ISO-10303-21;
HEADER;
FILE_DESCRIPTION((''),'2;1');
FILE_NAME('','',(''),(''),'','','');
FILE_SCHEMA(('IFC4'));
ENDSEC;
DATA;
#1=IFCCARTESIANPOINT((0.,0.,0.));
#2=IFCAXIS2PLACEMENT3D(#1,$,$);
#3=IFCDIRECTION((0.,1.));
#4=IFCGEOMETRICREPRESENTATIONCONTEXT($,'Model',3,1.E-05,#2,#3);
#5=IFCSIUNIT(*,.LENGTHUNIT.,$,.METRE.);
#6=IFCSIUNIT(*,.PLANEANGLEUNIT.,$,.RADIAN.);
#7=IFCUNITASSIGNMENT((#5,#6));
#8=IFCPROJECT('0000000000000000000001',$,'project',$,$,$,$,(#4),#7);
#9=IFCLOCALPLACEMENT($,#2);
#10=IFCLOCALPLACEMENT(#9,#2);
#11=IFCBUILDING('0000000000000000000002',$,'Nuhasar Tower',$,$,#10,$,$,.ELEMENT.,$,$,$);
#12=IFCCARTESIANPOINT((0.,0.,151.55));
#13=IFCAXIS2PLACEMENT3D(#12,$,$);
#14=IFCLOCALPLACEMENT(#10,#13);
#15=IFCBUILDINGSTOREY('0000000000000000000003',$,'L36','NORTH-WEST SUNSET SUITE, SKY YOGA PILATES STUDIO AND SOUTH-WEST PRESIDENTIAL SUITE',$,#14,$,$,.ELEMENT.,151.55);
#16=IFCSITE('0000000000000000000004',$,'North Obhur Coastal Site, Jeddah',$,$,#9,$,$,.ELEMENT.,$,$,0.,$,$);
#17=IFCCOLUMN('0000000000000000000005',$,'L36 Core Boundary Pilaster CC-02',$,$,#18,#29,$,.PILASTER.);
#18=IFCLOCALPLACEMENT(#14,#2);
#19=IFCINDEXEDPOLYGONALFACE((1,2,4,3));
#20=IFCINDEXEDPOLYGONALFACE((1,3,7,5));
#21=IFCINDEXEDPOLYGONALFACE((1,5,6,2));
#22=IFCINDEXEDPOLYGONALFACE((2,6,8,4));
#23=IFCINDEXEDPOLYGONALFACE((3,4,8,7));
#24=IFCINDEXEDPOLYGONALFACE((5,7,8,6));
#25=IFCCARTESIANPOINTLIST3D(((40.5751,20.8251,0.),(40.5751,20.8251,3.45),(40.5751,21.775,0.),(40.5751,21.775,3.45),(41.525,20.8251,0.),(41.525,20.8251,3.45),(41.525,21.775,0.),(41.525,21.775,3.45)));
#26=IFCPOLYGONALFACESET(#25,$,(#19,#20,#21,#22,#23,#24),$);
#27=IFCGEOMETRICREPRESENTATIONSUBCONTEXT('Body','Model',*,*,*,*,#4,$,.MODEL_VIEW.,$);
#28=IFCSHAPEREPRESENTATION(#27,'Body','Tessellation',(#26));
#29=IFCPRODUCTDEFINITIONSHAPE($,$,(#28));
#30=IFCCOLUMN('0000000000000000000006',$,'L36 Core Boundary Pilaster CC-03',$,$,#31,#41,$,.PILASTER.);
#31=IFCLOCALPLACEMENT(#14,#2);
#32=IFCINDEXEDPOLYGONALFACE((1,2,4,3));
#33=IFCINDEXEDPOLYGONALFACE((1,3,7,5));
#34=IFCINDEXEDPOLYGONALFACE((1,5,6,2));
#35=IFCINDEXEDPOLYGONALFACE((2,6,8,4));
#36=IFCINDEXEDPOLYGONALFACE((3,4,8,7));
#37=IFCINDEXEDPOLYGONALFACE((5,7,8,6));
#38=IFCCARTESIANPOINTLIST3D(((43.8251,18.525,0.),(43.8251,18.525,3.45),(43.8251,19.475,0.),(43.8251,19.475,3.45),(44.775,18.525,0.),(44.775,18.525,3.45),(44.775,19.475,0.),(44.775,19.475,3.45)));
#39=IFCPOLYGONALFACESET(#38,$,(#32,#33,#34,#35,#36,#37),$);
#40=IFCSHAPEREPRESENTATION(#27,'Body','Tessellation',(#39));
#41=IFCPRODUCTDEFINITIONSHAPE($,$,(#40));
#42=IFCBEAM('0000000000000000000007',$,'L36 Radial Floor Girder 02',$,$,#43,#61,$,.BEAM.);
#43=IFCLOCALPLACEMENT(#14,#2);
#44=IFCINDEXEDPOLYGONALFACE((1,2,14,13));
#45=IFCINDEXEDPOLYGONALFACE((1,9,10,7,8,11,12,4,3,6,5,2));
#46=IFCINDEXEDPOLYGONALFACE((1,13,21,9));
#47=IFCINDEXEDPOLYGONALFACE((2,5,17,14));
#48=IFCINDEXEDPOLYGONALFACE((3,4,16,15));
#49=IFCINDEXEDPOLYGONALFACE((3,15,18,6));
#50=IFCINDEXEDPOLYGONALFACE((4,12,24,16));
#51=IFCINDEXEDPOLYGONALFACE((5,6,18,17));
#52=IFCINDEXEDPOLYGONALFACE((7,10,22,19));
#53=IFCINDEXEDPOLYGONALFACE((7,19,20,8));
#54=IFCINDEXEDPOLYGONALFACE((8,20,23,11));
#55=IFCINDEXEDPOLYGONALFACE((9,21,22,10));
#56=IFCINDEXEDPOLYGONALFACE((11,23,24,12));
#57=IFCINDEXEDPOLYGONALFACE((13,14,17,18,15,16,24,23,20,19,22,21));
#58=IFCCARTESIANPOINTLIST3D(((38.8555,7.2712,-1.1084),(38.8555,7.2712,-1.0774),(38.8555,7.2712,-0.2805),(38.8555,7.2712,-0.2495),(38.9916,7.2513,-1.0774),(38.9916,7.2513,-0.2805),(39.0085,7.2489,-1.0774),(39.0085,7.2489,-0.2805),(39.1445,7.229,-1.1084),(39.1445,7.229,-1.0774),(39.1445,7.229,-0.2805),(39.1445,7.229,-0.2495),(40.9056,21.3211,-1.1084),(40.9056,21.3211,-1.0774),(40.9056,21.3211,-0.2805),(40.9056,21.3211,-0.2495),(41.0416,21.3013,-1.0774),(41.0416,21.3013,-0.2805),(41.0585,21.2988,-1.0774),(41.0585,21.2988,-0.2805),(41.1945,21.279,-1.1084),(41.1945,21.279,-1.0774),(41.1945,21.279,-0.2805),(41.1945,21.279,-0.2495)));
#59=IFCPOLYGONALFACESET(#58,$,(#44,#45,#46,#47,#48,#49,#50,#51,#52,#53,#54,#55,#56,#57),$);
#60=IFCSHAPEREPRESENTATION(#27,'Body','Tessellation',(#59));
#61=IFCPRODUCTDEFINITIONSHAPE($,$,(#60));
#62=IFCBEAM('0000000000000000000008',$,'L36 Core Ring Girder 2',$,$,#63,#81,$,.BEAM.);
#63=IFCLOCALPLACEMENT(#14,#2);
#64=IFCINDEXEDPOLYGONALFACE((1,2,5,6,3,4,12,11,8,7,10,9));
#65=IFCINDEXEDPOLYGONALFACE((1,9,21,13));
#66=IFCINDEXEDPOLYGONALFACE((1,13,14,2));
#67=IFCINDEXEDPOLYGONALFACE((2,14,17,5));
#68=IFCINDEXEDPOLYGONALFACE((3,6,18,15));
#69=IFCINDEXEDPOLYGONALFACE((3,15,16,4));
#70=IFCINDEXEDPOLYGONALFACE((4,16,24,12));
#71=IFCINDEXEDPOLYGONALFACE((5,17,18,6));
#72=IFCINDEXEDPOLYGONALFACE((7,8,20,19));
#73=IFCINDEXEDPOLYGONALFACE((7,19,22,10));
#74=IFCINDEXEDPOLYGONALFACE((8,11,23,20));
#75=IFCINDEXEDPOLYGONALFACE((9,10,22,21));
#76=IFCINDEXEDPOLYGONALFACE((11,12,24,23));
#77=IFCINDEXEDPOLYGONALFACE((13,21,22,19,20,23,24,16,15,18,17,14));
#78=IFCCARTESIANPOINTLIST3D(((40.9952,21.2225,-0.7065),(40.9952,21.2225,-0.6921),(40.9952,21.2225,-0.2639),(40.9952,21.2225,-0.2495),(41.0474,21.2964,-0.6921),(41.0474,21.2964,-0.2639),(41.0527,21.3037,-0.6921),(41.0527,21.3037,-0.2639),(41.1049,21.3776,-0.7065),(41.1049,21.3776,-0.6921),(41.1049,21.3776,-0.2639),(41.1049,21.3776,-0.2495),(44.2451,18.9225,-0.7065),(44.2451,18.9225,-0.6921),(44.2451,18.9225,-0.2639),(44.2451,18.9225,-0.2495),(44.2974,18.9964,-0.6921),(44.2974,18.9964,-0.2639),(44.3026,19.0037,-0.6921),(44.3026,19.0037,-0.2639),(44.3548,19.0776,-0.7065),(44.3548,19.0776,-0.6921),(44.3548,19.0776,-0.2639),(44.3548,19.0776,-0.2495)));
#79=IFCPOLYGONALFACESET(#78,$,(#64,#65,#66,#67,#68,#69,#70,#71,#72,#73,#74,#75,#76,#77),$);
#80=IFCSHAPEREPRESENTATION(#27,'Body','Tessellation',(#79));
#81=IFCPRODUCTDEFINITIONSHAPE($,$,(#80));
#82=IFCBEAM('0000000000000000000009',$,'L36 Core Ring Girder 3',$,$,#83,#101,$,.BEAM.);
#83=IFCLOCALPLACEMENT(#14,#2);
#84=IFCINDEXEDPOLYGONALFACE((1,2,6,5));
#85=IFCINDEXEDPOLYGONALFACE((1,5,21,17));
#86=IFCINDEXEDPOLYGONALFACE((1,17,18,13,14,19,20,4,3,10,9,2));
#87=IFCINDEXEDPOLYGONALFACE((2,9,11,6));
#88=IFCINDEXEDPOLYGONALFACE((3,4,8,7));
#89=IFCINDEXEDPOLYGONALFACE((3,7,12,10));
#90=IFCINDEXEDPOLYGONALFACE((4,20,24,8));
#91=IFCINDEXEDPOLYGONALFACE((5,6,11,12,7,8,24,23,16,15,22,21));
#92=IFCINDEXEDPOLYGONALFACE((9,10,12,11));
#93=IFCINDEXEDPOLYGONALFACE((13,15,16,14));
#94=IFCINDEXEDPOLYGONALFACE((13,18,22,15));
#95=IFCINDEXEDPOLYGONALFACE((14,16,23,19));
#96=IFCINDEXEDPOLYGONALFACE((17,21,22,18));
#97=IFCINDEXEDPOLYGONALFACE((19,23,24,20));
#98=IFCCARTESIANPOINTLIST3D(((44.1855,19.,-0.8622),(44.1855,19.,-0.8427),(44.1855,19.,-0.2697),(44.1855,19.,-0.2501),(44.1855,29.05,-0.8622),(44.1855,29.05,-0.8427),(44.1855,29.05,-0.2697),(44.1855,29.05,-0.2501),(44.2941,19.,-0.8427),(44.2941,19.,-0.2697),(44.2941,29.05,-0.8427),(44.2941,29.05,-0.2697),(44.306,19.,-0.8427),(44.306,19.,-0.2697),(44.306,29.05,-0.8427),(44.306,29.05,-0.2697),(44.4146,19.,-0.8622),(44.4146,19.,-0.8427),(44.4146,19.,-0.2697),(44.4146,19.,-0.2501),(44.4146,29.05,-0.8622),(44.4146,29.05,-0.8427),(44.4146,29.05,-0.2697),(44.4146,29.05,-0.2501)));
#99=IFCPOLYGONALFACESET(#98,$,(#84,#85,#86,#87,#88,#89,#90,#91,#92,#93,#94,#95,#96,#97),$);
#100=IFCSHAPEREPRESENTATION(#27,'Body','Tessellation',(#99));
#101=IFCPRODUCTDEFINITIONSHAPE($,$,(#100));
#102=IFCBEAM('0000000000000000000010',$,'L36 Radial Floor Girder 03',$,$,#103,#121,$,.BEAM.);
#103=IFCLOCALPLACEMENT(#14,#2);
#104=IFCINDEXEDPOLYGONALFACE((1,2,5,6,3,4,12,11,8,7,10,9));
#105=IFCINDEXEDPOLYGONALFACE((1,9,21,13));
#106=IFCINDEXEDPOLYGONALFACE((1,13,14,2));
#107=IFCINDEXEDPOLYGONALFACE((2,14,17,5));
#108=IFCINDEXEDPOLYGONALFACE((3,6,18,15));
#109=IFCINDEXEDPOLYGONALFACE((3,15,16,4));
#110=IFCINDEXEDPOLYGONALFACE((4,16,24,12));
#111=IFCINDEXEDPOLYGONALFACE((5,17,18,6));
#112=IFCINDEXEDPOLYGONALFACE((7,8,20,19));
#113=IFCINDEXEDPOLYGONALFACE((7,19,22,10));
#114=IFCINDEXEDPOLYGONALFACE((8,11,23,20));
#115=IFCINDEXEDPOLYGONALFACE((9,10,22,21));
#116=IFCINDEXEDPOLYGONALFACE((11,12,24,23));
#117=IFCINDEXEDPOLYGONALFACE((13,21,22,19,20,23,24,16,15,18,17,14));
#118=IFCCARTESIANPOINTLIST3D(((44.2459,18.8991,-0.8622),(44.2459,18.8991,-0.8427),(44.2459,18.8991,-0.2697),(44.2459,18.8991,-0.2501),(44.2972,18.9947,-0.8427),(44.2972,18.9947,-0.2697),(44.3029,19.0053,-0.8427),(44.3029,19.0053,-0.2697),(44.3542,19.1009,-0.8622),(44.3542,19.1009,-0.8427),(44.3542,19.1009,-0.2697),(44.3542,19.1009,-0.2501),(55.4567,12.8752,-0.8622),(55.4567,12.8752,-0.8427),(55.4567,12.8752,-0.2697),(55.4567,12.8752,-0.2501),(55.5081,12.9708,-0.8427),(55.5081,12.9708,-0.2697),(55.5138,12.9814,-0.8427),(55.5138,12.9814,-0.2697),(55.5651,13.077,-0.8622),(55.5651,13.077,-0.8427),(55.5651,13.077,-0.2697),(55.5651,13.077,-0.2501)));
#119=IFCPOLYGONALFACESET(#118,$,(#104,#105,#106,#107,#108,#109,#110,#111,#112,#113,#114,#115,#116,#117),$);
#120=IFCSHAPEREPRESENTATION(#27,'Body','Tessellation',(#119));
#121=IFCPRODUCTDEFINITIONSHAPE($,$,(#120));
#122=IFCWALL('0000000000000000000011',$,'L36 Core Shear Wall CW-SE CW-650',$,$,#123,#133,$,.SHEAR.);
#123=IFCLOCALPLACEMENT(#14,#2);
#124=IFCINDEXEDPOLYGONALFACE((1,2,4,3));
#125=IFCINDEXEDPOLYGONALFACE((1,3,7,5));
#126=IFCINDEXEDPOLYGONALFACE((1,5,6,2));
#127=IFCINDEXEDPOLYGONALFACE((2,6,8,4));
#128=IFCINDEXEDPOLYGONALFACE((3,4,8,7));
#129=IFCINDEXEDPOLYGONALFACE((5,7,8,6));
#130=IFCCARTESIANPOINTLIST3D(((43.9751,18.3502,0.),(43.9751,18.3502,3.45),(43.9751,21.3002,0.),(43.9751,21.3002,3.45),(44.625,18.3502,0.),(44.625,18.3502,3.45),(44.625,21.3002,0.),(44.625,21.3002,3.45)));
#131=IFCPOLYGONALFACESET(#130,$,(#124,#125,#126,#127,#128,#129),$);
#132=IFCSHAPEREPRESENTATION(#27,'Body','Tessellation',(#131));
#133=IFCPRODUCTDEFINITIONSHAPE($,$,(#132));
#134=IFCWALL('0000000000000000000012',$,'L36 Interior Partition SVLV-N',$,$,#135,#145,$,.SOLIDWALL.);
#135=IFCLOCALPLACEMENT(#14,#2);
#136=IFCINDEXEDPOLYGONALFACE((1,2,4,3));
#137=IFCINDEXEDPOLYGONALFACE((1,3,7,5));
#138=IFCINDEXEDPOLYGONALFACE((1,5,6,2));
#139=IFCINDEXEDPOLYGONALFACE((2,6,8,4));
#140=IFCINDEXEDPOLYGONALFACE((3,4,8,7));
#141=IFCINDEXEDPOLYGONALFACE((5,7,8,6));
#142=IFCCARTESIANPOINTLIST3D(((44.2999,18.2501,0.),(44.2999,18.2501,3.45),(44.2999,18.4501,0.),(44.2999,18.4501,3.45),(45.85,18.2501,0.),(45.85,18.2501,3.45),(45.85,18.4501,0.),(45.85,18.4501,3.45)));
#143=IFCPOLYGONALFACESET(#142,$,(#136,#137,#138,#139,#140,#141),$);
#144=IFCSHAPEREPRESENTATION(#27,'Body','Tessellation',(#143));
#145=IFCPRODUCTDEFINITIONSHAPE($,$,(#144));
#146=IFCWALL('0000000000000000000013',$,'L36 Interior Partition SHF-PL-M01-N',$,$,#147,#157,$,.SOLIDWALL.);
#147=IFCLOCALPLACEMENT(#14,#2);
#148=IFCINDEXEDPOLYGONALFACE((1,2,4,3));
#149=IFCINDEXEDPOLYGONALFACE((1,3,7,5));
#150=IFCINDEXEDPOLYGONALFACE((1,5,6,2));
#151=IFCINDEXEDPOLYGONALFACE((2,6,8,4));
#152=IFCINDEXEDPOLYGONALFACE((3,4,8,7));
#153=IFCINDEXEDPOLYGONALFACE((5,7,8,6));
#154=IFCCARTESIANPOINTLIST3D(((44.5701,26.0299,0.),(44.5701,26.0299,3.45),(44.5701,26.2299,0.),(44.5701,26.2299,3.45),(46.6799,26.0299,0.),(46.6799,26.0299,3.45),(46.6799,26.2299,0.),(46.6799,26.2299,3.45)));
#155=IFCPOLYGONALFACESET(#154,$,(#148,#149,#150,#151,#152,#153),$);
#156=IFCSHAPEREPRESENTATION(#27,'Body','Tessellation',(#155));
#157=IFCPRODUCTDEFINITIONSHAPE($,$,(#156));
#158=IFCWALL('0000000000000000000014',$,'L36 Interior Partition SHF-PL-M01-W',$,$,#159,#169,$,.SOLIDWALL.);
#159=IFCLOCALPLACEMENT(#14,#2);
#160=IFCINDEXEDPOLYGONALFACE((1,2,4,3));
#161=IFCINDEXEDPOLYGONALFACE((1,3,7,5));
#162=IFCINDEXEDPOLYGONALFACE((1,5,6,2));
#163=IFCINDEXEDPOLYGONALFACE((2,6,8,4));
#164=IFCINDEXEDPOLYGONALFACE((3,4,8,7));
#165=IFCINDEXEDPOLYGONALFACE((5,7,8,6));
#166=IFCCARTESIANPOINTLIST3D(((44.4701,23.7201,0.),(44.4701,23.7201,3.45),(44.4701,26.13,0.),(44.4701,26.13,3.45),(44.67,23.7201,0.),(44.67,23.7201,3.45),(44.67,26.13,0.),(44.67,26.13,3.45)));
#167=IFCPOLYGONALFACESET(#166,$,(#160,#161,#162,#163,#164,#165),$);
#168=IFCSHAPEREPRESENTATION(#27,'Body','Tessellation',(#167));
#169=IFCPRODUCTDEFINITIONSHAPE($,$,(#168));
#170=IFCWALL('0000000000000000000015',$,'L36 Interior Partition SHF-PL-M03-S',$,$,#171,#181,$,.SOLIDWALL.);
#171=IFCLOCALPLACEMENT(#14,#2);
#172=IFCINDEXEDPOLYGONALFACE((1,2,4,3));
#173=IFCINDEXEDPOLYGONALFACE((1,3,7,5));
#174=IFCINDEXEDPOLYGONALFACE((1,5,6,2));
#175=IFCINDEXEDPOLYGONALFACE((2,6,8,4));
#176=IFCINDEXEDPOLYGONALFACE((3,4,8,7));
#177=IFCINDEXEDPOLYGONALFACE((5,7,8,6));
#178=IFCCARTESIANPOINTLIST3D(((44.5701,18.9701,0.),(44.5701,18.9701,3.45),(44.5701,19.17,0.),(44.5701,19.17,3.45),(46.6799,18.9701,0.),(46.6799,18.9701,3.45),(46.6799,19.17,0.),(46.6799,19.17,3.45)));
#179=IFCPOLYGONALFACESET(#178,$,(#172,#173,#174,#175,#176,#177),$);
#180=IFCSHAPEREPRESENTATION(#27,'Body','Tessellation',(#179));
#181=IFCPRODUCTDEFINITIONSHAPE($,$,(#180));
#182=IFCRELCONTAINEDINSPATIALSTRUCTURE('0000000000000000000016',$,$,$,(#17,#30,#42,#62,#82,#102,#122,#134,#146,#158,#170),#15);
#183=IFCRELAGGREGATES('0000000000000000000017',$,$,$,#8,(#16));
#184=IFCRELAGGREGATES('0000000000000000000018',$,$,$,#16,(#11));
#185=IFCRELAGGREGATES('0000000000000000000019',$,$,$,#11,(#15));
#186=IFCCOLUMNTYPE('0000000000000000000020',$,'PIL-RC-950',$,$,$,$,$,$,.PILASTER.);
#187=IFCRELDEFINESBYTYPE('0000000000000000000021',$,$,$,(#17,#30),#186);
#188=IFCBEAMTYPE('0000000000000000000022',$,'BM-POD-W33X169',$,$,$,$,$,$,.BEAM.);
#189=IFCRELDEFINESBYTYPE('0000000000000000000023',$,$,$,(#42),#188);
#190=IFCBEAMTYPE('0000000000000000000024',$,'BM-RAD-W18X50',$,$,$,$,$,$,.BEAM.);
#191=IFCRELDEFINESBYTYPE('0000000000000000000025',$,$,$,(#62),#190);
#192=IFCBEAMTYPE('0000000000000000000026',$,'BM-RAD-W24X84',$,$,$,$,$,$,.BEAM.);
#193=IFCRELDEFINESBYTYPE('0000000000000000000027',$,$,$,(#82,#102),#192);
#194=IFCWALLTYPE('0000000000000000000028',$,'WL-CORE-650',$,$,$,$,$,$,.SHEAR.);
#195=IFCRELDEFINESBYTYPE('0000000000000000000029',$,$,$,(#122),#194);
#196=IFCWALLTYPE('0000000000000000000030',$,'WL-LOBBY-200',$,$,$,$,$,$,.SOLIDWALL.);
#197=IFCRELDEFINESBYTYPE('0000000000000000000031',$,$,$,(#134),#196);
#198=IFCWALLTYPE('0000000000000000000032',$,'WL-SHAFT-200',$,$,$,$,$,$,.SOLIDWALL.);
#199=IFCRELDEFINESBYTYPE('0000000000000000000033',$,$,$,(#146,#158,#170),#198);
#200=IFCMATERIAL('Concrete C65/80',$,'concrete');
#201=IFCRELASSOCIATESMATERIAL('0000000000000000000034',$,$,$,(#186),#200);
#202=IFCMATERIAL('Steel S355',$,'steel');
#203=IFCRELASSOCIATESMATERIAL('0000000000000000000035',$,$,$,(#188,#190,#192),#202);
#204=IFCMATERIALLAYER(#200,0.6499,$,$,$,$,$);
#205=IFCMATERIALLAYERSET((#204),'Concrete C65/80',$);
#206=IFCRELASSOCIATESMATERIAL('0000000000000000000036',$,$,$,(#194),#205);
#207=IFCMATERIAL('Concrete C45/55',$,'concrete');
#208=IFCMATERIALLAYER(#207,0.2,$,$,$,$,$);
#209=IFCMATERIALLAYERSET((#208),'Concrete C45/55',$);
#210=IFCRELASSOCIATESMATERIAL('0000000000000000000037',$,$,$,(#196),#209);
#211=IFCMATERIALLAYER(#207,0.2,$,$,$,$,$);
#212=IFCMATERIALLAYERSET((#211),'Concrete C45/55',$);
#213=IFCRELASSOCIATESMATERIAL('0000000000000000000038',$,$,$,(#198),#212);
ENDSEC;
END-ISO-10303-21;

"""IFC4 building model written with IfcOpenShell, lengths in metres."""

from ifc_helpers import new_model, si_unit, direction, frame, frame_2d, origin, origin_2d, place, context, subcontext, project, spatial, rectangle, i_section, extrude, material, layer, layer_set, material_profile, profile_set, type_object, element, save


model = new_model("IFC4")

# Units and contexts
model_context = context("Model", 3, precision=1e-05, world=origin(), true_north=direction((0.0, 1.0)))
body_context = subcontext(model_context, "Body", "Model", "MODEL_VIEW")
ifc_project = project(units=[si_unit("LENGTHUNIT", "METRE"), si_unit("PLANEANGLEUNIT", "RADIAN")], contexts=[model_context])

# Site, building, storey
site_placement = place(None, origin())
site = spatial("IfcSite", under=ifc_project, at=site_placement, Name="North Obhur Coastal Site, Jeddah", CompositionType="ELEMENT", RefElevation=0.0)
building_placement = place(site_placement, origin())
building = spatial("IfcBuilding", under=site, at=building_placement, Name="Nuhasar Tower", CompositionType="ELEMENT")
storey_placement = place(building_placement, frame((0.0, 0.0, 151.55)))
storey = spatial("IfcBuildingStorey", under=building, at=storey_placement, Name="L36", Description="NORTH-WEST SUNSET SUITE, SKY YOGA PILATES STUDIO AND SOUTH-WEST PRESIDENTIAL SUITE", CompositionType="ELEMENT", Elevation=151.55)

# Columns
ifc_material_1 = material(Name="Concrete C65/80", Category="concrete")
ifc_material_profile_1 = material_profile(ifc_material_1, rectangle(XDim=0.95, YDim=0.95, at=origin_2d()), Name="RC950X950")
ifc_profile_set_1 = profile_set([ifc_material_profile_1], Name="Concrete C65/80")
column_type = type_object("IfcColumnType", Name="PIL-RC-950", PredefinedType="PILASTER", material=ifc_profile_set_1)
for number, where, z_axis, x_axis, name in (
    (1, (41.05, 21.3, 0.0), (0.0, 0.0, 1.0), (1.0, 0.0, 0.0), "L36 Core Boundary Pilaster CC-02"),
    (2, (44.3, 19.0, 0.0), (0.0, 0.0, 1.0), (1.0, 0.0, 0.0), "L36 Core Boundary Pilaster CC-03"),
):
    element("IfcColumn", number, at=place(storey_placement, frame(where, z_axis=z_axis, x_axis=x_axis)), inside=storey, type_object=column_type, Name=name, PredefinedType="PILASTER", context=body_context, shape_type="SweptSolid", body=[
        extrude(rectangle(XDim=0.95, YDim=0.95, at=origin_2d()), origin(), (0.0, 0.0, 1.0), 3.45),
    ])

# Beams
ifc_material_2 = material(Name="Steel S355", Category="steel")
ifc_material_profile_2 = material_profile(ifc_material_2, i_section(OverallWidth=0.292, OverallDepth=0.8589, WebThickness=0.0171, FlangeThickness=0.031, at=origin_2d()), Name="W33X169")
ifc_profile_set_2 = profile_set([ifc_material_profile_2], Name="Steel S355")
beam_type_1 = type_object("IfcBeamType", Name="BM-POD-W33X169", PredefinedType="BEAM", material=ifc_profile_set_2)
beam_1_placement = place(storey_placement, frame((41.05, 21.3, -0.679), z_axis=(-0.144382, -0.989522, 0.0), x_axis=(0.989522, -0.144382, 0.0)))
element("IfcBeam", 3, at=beam_1_placement, inside=storey, type_object=beam_type_1, Name="L36 Radial Floor Girder 02", PredefinedType="BEAM", context=body_context, shape_type="SweptSolid", body=[
    extrude(i_section(OverallWidth=0.292, OverallDepth=0.8589, WebThickness=0.0171, FlangeThickness=0.031, at=origin_2d()), origin(), (0.0, 0.0, 1.0), 14.1987),
])
ifc_material_profile_3 = material_profile(ifc_material_2, i_section(OverallWidth=0.1899, OverallDepth=0.457, WebThickness=0.009, FlangeThickness=0.0144, at=origin_2d()), Name="W18X50")
ifc_profile_set_3 = profile_set([ifc_material_profile_3], Name="Steel S355")
beam_type_2 = type_object("IfcBeamType", Name="BM-RAD-W18X50", PredefinedType="BEAM", material=ifc_profile_set_3)
beam_2_placement = place(storey_placement, frame((41.05, 21.3, -0.478), z_axis=(0.816265, -0.577677, 0.0), x_axis=(0.577677, 0.816265, 0.0)))
element("IfcBeam", 4, at=beam_2_placement, inside=storey, type_object=beam_type_2, Name="L36 Core Ring Girder 2", PredefinedType="BEAM", context=body_context, shape_type="SweptSolid", body=[
    extrude(i_section(OverallWidth=0.1899, OverallDepth=0.457, WebThickness=0.009, FlangeThickness=0.0144, at=origin_2d()), origin(), (0.0, 0.0, 1.0), 3.9814),
])
ifc_material_profile_4 = material_profile(ifc_material_2, i_section(OverallWidth=0.229, OverallDepth=0.6121, WebThickness=0.012, FlangeThickness=0.0195, at=origin_2d()), Name="W24X84")
ifc_profile_set_4 = profile_set([ifc_material_profile_4], Name="Steel S355")
beam_type_3 = type_object("IfcBeamType", Name="BM-RAD-W24X84", PredefinedType="BEAM", material=ifc_profile_set_4)
beam_3_placement = place(storey_placement, frame((44.3, 19.0, -0.5562), z_axis=(0.0, 1.0, 0.0), x_axis=(-1.0, 0.0, 0.0)))
element("IfcBeam", 5, at=beam_3_placement, inside=storey, type_object=beam_type_3, Name="L36 Core Ring Girder 3", PredefinedType="BEAM", context=body_context, shape_type="SweptSolid", body=[
    extrude(i_section(OverallWidth=0.229, OverallDepth=0.6121, WebThickness=0.012, FlangeThickness=0.0195, at=origin_2d()), origin(), (0.0, 0.0, 1.0), 10.05),
])
beam_4_placement = place(storey_placement, frame((44.3, 19.0, -0.5562), z_axis=(0.880888, -0.473324, 0.0), x_axis=(0.473324, 0.880888, 0.0)))
element("IfcBeam", 6, at=beam_4_placement, inside=storey, type_object=beam_type_3, Name="L36 Radial Floor Girder 03", PredefinedType="BEAM", context=body_context, shape_type="SweptSolid", body=[
    extrude(i_section(OverallWidth=0.229, OverallDepth=0.6121, WebThickness=0.012, FlangeThickness=0.0195, at=origin_2d()), origin(), (0.0, 0.0, 1.0), 12.7268),
])

# Wall
ifc_layer_1 = layer(ifc_material_1, 0.6499)
ifc_layer_set_1 = layer_set([ifc_layer_1], Name="Concrete C65/80")
wall_type_1 = type_object("IfcWallType", Name="WL-CORE-650", PredefinedType="SHEAR", material=ifc_layer_set_1)
wall_1_placement = place(storey_placement, frame((44.3, 18.3501, 0.0), z_axis=(0.0, 0.0, 1.0), x_axis=(0.0, 1.0, 0.0)))
element("IfcWall", 7, at=wall_1_placement, inside=storey, type_object=wall_type_1, Name="L36 Core Shear Wall CW-SE CW-650", PredefinedType="SHEAR", context=body_context, shape_type="SweptSolid", body=[
    extrude(rectangle(XDim=2.95, YDim=0.6499, at=frame_2d((1.4751, 0.0))), origin(), (0.0, 0.0, 1.0), 3.45),
])

# Shared definitions
ifc_material_3 = material(Name="Concrete C45/55", Category="concrete")
ifc_layer_2 = layer(ifc_material_3, 0.2)
ifc_layer_set_2 = layer_set([ifc_layer_2], Name="Concrete C45/55")
wall_type_2 = type_object("IfcWallType", Name="WL-LOBBY-200", PredefinedType="SOLIDWALL", material=ifc_layer_set_2)

# Wall
wall_2_placement = place(storey_placement, frame((44.3, 18.3501, 0.0), z_axis=(0.0, 0.0, 1.0), x_axis=(1.0, 0.0, 0.0)))
element("IfcWall", 8, at=wall_2_placement, inside=storey, type_object=wall_type_2, Name="L36 Interior Partition SVLV-N", PredefinedType="SOLIDWALL", context=body_context, shape_type="SweptSolid", body=[
    extrude(rectangle(XDim=1.55, YDim=0.2, at=frame_2d((0.7749, 0.0))), origin(), (0.0, 0.0, 1.0), 3.45),
])

# Shared definitions
ifc_layer_3 = layer(ifc_material_3, 0.2)
ifc_layer_set_3 = layer_set([ifc_layer_3], Name="Concrete C45/55")
wall_type_3 = type_object("IfcWallType", Name="WL-SHAFT-200", PredefinedType="SOLIDWALL", material=ifc_layer_set_3)

# Walls
wall_3_placement = place(storey_placement, frame((44.5701, 26.1299, 0.0), z_axis=(0.0, 0.0, 1.0), x_axis=(1.0, 0.0, 0.0)))
element("IfcWall", 9, at=wall_3_placement, inside=storey, type_object=wall_type_3, Name="L36 Interior Partition SHF-PL-M01-N", PredefinedType="SOLIDWALL", context=body_context, shape_type="SweptSolid", body=[
    extrude(rectangle(XDim=2.1099, YDim=0.2, at=frame_2d((1.0549, 0.0))), origin(), (0.0, 0.0, 1.0), 3.45),
])
wall_4_placement = place(storey_placement, frame((44.5701, 23.72, 0.0), z_axis=(0.0, 0.0, 1.0), x_axis=(0.0, 1.0, 0.0)))
element("IfcWall", 10, at=wall_4_placement, inside=storey, type_object=wall_type_3, Name="L36 Interior Partition SHF-PL-M01-W", PredefinedType="SOLIDWALL", context=body_context, shape_type="SweptSolid", body=[
    extrude(rectangle(XDim=2.4099, YDim=0.2, at=frame_2d((1.2051, 0.0))), origin(), (0.0, 0.0, 1.0), 3.45),
])
wall_5_placement = place(storey_placement, frame((44.5701, 19.0701, 0.0), z_axis=(0.0, 0.0, 1.0), x_axis=(1.0, 0.0, 0.0)))
element("IfcWall", 11, at=wall_5_placement, inside=storey, type_object=wall_type_3, Name="L36 Interior Partition SHF-PL-M03-S", PredefinedType="SOLIDWALL", context=body_context, shape_type="SweptSolid", body=[
    extrude(rectangle(XDim=2.1099, YDim=0.2, at=frame_2d((1.0549, 0.0))), origin(), (0.0, 0.0, 1.0), 3.45),
])

save(model, "model.ifc")
